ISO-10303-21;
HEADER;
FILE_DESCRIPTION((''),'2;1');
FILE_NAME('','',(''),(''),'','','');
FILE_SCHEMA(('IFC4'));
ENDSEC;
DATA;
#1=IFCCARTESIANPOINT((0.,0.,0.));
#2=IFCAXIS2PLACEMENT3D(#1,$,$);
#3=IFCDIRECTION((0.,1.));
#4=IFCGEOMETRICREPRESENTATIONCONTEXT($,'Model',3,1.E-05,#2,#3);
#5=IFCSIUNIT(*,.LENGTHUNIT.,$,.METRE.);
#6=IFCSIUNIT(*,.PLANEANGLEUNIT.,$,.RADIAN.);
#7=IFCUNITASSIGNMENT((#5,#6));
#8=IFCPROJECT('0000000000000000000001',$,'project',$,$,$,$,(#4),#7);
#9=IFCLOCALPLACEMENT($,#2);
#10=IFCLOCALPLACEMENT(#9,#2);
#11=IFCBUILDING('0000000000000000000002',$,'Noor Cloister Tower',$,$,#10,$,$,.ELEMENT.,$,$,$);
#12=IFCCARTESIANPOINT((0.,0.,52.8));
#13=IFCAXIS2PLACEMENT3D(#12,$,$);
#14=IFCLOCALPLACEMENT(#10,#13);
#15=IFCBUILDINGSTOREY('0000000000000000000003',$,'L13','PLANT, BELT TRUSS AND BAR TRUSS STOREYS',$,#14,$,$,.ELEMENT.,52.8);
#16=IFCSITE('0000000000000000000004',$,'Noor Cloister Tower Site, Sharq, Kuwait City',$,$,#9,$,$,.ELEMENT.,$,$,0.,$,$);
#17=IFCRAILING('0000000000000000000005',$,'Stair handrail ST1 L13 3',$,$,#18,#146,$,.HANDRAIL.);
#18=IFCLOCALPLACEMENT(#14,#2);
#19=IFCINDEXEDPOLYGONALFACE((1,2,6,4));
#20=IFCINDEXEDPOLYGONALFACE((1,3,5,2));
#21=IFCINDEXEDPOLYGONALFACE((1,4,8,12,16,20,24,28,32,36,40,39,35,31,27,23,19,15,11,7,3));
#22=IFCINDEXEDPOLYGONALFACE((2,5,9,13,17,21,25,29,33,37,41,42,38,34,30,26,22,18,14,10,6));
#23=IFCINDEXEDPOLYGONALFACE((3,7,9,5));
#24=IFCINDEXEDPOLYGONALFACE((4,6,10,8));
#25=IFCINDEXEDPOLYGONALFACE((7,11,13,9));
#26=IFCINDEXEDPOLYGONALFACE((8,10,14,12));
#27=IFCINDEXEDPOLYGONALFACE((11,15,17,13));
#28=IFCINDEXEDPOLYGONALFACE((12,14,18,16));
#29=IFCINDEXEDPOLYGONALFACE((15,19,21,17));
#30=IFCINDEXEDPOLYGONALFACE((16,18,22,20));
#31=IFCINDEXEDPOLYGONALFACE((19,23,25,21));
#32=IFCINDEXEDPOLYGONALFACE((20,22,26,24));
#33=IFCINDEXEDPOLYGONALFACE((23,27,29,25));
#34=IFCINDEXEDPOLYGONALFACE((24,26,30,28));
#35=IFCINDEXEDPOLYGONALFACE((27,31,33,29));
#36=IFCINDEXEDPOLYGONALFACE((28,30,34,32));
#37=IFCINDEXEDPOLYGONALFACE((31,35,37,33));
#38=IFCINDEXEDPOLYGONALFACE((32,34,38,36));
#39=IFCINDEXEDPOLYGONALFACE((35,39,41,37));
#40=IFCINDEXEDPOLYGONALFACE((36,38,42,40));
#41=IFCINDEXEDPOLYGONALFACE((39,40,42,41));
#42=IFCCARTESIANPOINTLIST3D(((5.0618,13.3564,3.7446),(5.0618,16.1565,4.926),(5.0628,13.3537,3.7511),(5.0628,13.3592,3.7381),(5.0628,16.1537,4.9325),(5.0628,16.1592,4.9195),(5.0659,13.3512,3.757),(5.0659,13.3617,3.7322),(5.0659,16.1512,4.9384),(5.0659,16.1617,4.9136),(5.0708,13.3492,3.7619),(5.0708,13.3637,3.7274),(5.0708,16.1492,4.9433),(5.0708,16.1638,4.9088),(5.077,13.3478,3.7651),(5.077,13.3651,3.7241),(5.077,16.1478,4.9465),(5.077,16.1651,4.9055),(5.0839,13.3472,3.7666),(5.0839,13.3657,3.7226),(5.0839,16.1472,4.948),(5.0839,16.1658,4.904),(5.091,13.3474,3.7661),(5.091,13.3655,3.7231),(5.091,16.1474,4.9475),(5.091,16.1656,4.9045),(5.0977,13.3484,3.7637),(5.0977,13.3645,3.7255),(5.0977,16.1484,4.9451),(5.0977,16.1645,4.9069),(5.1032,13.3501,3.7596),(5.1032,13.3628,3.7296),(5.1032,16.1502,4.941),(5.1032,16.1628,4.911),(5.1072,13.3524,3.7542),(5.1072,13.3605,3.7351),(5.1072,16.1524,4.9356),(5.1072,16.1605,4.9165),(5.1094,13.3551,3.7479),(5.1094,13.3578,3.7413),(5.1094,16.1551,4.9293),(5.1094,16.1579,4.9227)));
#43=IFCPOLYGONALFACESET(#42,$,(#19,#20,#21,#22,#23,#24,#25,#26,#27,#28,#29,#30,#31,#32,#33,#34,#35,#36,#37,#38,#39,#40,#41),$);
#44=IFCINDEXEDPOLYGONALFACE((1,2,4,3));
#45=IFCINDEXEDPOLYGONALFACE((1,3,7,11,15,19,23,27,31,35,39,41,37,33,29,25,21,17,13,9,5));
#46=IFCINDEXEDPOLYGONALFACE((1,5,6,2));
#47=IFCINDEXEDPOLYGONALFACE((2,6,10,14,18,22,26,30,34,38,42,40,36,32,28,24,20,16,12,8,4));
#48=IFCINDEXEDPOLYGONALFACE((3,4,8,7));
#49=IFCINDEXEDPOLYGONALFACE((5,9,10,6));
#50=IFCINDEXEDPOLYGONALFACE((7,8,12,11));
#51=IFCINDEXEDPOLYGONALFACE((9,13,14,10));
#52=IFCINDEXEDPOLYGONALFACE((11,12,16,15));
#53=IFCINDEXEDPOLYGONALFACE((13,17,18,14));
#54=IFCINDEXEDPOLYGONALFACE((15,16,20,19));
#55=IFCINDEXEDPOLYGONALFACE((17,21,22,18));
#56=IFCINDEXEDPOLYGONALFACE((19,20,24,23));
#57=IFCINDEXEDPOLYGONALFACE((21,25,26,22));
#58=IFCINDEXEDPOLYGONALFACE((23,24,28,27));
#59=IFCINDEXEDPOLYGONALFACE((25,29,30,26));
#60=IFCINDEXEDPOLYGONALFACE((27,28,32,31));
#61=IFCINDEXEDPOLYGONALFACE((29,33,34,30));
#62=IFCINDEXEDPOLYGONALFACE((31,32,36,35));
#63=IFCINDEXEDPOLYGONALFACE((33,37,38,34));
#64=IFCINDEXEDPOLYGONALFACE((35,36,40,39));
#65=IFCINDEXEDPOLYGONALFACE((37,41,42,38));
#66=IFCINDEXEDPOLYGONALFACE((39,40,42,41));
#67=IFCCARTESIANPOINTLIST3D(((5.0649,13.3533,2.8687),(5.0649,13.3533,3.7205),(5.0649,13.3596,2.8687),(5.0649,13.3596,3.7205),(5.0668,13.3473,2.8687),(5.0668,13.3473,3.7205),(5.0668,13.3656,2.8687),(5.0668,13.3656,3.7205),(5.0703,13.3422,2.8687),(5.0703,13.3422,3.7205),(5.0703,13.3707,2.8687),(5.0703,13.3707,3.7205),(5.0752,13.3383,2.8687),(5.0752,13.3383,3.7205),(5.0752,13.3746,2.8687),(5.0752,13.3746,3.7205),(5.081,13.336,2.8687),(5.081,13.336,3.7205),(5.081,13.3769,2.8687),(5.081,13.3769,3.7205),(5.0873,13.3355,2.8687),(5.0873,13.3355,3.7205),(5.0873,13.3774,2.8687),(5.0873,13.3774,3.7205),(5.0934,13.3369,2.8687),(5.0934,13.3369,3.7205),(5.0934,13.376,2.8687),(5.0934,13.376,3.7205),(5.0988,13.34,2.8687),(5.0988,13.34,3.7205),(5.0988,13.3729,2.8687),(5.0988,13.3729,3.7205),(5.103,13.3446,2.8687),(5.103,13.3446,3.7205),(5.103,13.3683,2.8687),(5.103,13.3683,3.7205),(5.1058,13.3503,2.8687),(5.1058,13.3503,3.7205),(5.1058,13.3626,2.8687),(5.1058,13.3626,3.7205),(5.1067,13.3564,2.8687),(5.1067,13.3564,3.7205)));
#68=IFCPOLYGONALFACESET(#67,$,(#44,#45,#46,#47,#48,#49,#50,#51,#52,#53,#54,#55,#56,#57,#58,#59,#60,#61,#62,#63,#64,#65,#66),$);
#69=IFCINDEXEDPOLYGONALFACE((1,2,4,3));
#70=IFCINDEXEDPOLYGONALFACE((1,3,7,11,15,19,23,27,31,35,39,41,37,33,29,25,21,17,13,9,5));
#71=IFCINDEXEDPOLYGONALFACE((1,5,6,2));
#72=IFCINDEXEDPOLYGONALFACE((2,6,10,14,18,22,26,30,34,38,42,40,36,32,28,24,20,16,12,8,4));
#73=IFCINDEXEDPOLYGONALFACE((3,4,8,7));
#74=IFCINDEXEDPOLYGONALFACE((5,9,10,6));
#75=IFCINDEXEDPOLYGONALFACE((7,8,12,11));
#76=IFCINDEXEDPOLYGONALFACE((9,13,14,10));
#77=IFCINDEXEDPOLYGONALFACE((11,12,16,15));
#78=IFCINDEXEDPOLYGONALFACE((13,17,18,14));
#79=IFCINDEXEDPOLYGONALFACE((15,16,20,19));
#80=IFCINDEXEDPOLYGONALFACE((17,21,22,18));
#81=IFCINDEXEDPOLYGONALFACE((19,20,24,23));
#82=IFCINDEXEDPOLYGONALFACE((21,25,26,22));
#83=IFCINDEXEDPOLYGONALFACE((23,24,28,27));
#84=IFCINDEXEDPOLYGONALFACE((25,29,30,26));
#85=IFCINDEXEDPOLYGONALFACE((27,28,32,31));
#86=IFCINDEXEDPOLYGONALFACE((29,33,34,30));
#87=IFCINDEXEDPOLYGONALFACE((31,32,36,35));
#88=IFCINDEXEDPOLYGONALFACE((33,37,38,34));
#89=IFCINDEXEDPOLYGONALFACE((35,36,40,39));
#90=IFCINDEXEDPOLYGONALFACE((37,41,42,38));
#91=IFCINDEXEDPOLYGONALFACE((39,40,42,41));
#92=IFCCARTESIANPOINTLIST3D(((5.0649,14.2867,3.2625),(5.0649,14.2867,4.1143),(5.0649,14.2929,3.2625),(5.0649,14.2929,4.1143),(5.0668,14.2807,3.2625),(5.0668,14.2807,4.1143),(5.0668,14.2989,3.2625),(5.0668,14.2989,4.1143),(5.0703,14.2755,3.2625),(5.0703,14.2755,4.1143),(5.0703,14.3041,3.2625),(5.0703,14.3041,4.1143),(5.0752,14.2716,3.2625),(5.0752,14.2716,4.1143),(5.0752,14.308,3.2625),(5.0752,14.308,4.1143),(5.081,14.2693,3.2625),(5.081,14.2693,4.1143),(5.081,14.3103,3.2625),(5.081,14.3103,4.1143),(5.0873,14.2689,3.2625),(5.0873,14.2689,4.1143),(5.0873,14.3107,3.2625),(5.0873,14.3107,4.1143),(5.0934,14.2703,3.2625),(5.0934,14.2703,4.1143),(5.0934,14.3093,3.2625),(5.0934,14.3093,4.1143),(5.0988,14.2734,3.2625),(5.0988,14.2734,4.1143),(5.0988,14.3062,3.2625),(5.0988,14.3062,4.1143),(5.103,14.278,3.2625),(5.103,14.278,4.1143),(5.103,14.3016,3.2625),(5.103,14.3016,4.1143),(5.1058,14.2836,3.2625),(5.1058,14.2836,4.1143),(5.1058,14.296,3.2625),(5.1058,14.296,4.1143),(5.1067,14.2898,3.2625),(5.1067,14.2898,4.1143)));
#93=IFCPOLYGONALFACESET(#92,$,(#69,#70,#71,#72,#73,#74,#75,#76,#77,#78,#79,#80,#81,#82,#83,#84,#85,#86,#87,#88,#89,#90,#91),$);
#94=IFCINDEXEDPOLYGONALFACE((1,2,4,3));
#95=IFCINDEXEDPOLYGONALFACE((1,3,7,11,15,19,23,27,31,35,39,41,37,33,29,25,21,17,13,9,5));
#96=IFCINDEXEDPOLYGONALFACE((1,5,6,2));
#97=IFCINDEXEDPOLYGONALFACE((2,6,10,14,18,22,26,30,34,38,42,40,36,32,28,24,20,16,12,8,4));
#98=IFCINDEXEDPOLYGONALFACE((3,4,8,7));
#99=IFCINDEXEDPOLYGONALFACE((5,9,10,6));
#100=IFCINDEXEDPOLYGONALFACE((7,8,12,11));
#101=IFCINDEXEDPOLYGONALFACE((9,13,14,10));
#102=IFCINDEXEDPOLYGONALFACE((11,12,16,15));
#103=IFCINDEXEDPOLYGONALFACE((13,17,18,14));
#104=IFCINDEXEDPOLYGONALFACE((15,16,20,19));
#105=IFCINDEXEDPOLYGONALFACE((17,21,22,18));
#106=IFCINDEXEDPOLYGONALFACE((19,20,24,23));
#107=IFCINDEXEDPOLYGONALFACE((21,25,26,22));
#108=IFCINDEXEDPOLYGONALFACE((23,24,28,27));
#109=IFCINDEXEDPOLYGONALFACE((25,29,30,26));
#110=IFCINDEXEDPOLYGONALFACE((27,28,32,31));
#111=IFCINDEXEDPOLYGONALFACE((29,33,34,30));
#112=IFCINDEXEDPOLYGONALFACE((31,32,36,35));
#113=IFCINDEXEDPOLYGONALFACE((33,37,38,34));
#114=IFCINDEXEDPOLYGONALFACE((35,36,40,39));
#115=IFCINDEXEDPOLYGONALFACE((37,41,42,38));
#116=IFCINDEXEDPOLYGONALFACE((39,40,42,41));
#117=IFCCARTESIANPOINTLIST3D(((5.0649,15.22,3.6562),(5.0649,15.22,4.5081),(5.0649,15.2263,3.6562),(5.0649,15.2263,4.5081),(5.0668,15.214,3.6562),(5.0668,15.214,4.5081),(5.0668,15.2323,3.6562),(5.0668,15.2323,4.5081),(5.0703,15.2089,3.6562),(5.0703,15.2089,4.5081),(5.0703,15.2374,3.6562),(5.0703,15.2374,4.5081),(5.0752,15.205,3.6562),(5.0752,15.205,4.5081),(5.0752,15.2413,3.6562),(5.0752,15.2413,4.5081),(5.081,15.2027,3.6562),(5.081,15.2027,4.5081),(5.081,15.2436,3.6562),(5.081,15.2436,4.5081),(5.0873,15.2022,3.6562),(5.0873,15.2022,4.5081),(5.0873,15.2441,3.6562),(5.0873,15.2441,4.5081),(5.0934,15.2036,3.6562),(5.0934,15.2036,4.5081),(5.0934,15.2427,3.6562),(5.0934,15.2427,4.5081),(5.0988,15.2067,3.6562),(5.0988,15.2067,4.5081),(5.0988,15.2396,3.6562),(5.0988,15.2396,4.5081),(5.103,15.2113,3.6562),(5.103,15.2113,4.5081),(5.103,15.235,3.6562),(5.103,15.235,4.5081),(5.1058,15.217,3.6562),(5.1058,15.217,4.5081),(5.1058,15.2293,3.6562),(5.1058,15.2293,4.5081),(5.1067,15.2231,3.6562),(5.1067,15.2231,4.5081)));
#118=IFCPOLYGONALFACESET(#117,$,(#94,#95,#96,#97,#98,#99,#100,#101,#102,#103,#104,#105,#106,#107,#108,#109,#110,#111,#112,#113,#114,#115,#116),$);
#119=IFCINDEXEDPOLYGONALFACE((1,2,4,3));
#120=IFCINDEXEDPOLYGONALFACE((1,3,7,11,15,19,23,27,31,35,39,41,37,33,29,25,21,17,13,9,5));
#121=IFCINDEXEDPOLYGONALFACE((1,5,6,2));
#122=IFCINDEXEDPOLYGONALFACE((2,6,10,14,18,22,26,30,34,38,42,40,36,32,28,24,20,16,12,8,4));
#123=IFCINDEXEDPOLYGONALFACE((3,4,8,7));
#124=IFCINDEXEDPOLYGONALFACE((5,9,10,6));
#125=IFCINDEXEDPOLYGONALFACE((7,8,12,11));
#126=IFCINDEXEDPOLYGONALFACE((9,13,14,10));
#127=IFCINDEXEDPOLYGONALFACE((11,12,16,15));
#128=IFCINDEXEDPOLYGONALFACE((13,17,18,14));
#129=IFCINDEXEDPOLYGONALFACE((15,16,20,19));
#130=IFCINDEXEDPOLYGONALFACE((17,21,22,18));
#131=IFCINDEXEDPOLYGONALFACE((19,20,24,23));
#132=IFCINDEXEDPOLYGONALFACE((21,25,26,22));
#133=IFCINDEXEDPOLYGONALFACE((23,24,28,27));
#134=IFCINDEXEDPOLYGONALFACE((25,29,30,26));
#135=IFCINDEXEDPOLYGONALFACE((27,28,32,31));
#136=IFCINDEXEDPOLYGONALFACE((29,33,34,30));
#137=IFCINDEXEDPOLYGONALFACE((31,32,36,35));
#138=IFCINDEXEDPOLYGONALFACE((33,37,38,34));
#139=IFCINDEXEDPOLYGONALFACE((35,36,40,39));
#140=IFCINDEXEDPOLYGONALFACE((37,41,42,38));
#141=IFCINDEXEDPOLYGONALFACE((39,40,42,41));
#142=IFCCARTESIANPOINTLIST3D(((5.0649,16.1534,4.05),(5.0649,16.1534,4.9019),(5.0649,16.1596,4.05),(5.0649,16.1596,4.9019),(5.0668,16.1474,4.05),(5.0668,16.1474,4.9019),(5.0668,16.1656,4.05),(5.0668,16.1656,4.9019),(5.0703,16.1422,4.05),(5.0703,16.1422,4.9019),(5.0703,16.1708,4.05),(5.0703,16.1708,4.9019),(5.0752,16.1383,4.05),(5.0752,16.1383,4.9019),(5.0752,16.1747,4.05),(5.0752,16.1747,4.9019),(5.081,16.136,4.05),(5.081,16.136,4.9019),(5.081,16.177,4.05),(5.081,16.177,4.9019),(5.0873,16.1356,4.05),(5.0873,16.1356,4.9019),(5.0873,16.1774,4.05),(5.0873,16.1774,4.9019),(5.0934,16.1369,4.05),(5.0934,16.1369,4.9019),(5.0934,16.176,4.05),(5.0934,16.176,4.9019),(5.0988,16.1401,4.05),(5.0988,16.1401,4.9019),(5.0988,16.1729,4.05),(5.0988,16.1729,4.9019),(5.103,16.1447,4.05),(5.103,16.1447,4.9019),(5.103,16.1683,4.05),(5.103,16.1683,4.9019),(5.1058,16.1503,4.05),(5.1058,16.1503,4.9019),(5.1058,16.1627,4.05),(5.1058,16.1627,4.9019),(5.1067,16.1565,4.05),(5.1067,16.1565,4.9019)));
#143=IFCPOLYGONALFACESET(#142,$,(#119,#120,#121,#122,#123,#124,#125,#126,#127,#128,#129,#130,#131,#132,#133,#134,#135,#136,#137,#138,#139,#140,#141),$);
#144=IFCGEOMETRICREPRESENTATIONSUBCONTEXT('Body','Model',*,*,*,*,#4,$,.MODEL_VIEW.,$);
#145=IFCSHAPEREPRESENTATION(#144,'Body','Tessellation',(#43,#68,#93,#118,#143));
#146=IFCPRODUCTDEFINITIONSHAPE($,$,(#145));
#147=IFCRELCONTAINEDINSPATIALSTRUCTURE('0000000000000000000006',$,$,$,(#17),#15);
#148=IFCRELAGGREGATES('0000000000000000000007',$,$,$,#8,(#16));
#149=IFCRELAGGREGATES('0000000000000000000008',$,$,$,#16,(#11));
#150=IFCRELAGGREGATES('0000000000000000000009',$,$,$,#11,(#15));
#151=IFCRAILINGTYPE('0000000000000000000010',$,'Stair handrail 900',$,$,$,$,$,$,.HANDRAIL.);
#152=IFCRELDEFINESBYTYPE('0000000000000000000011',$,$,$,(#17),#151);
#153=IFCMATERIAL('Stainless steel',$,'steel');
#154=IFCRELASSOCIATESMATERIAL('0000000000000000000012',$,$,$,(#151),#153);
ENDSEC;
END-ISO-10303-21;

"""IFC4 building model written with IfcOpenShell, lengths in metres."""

from ifc_helpers import new_model, si_unit, direction, frame, origin, origin_2d, place, context, subcontext, project, spatial, circle, extrude, material, type_object, element, save


model = new_model("IFC4")

# Units and contexts
model_context = context("Model", 3, precision=1e-05, world=origin(), true_north=direction((0.0, 1.0)))
body_context = subcontext(model_context, "Body", "Model", "MODEL_VIEW")
ifc_project = project(units=[si_unit("LENGTHUNIT", "METRE"), si_unit("PLANEANGLEUNIT", "RADIAN")], contexts=[model_context])

# Site, building, storey
site_placement = place(None, origin())
site = spatial("IfcSite", under=ifc_project, at=site_placement, Name="Noor Cloister Tower Site, Sharq, Kuwait City", CompositionType="ELEMENT", RefElevation=0.0)
building_placement = place(site_placement, origin())
building = spatial("IfcBuilding", under=site, at=building_placement, Name="Noor Cloister Tower", CompositionType="ELEMENT")
storey_placement = place(building_placement, frame((0.0, 0.0, 52.8)))
storey = spatial("IfcBuildingStorey", under=building, at=storey_placement, Name="L13", Description="PLANT, BELT TRUSS AND BAR TRUSS STOREYS", CompositionType="ELEMENT", Elevation=52.8)

# Railing
ifc_material_1 = material(Name="Stainless steel", Category="steel")
railing_type_1 = type_object("IfcRailingType", Name="Stair handrail 900", PredefinedType="HANDRAIL", material=ifc_material_1)
railing_1_placement = place(storey_placement, frame((5.0857, 13.3564, 2.8687)))
element("IfcRailing", 1, at=railing_1_placement, inside=storey, type_object=railing_type_1, Name="Stair handrail ST1 L13 3", PredefinedType="HANDRAIL", context=body_context, shape_type="SweptSolid", body=[
    extrude(circle(Radius=0.0239, at=origin_2d()), frame((0.0, 0.0, 0.876), z_axis=(0.0, 0.921349, 0.388736), x_axis=(-1.0, 0.0, 0.0)), (0.0, 0.0, 1.0), 3.0391),
    extrude(circle(Radius=0.021, at=origin_2d()), origin(), (0.0, 0.0, 1.0), 0.8518),
    extrude(circle(Radius=0.021, at=origin_2d()), frame((0.0, 0.9333, 0.3938)), (0.0, 0.0, 1.0), 0.8518),
    extrude(circle(Radius=0.021, at=origin_2d()), frame((0.0, 1.8667, 0.7876)), (0.0, 0.0, 1.0), 0.8518),
    extrude(circle(Radius=0.021, at=origin_2d()), frame((0.0, 2.8, 1.1814)), (0.0, 0.0, 1.0), 0.8518),
])

save(model, "model.ifc")
